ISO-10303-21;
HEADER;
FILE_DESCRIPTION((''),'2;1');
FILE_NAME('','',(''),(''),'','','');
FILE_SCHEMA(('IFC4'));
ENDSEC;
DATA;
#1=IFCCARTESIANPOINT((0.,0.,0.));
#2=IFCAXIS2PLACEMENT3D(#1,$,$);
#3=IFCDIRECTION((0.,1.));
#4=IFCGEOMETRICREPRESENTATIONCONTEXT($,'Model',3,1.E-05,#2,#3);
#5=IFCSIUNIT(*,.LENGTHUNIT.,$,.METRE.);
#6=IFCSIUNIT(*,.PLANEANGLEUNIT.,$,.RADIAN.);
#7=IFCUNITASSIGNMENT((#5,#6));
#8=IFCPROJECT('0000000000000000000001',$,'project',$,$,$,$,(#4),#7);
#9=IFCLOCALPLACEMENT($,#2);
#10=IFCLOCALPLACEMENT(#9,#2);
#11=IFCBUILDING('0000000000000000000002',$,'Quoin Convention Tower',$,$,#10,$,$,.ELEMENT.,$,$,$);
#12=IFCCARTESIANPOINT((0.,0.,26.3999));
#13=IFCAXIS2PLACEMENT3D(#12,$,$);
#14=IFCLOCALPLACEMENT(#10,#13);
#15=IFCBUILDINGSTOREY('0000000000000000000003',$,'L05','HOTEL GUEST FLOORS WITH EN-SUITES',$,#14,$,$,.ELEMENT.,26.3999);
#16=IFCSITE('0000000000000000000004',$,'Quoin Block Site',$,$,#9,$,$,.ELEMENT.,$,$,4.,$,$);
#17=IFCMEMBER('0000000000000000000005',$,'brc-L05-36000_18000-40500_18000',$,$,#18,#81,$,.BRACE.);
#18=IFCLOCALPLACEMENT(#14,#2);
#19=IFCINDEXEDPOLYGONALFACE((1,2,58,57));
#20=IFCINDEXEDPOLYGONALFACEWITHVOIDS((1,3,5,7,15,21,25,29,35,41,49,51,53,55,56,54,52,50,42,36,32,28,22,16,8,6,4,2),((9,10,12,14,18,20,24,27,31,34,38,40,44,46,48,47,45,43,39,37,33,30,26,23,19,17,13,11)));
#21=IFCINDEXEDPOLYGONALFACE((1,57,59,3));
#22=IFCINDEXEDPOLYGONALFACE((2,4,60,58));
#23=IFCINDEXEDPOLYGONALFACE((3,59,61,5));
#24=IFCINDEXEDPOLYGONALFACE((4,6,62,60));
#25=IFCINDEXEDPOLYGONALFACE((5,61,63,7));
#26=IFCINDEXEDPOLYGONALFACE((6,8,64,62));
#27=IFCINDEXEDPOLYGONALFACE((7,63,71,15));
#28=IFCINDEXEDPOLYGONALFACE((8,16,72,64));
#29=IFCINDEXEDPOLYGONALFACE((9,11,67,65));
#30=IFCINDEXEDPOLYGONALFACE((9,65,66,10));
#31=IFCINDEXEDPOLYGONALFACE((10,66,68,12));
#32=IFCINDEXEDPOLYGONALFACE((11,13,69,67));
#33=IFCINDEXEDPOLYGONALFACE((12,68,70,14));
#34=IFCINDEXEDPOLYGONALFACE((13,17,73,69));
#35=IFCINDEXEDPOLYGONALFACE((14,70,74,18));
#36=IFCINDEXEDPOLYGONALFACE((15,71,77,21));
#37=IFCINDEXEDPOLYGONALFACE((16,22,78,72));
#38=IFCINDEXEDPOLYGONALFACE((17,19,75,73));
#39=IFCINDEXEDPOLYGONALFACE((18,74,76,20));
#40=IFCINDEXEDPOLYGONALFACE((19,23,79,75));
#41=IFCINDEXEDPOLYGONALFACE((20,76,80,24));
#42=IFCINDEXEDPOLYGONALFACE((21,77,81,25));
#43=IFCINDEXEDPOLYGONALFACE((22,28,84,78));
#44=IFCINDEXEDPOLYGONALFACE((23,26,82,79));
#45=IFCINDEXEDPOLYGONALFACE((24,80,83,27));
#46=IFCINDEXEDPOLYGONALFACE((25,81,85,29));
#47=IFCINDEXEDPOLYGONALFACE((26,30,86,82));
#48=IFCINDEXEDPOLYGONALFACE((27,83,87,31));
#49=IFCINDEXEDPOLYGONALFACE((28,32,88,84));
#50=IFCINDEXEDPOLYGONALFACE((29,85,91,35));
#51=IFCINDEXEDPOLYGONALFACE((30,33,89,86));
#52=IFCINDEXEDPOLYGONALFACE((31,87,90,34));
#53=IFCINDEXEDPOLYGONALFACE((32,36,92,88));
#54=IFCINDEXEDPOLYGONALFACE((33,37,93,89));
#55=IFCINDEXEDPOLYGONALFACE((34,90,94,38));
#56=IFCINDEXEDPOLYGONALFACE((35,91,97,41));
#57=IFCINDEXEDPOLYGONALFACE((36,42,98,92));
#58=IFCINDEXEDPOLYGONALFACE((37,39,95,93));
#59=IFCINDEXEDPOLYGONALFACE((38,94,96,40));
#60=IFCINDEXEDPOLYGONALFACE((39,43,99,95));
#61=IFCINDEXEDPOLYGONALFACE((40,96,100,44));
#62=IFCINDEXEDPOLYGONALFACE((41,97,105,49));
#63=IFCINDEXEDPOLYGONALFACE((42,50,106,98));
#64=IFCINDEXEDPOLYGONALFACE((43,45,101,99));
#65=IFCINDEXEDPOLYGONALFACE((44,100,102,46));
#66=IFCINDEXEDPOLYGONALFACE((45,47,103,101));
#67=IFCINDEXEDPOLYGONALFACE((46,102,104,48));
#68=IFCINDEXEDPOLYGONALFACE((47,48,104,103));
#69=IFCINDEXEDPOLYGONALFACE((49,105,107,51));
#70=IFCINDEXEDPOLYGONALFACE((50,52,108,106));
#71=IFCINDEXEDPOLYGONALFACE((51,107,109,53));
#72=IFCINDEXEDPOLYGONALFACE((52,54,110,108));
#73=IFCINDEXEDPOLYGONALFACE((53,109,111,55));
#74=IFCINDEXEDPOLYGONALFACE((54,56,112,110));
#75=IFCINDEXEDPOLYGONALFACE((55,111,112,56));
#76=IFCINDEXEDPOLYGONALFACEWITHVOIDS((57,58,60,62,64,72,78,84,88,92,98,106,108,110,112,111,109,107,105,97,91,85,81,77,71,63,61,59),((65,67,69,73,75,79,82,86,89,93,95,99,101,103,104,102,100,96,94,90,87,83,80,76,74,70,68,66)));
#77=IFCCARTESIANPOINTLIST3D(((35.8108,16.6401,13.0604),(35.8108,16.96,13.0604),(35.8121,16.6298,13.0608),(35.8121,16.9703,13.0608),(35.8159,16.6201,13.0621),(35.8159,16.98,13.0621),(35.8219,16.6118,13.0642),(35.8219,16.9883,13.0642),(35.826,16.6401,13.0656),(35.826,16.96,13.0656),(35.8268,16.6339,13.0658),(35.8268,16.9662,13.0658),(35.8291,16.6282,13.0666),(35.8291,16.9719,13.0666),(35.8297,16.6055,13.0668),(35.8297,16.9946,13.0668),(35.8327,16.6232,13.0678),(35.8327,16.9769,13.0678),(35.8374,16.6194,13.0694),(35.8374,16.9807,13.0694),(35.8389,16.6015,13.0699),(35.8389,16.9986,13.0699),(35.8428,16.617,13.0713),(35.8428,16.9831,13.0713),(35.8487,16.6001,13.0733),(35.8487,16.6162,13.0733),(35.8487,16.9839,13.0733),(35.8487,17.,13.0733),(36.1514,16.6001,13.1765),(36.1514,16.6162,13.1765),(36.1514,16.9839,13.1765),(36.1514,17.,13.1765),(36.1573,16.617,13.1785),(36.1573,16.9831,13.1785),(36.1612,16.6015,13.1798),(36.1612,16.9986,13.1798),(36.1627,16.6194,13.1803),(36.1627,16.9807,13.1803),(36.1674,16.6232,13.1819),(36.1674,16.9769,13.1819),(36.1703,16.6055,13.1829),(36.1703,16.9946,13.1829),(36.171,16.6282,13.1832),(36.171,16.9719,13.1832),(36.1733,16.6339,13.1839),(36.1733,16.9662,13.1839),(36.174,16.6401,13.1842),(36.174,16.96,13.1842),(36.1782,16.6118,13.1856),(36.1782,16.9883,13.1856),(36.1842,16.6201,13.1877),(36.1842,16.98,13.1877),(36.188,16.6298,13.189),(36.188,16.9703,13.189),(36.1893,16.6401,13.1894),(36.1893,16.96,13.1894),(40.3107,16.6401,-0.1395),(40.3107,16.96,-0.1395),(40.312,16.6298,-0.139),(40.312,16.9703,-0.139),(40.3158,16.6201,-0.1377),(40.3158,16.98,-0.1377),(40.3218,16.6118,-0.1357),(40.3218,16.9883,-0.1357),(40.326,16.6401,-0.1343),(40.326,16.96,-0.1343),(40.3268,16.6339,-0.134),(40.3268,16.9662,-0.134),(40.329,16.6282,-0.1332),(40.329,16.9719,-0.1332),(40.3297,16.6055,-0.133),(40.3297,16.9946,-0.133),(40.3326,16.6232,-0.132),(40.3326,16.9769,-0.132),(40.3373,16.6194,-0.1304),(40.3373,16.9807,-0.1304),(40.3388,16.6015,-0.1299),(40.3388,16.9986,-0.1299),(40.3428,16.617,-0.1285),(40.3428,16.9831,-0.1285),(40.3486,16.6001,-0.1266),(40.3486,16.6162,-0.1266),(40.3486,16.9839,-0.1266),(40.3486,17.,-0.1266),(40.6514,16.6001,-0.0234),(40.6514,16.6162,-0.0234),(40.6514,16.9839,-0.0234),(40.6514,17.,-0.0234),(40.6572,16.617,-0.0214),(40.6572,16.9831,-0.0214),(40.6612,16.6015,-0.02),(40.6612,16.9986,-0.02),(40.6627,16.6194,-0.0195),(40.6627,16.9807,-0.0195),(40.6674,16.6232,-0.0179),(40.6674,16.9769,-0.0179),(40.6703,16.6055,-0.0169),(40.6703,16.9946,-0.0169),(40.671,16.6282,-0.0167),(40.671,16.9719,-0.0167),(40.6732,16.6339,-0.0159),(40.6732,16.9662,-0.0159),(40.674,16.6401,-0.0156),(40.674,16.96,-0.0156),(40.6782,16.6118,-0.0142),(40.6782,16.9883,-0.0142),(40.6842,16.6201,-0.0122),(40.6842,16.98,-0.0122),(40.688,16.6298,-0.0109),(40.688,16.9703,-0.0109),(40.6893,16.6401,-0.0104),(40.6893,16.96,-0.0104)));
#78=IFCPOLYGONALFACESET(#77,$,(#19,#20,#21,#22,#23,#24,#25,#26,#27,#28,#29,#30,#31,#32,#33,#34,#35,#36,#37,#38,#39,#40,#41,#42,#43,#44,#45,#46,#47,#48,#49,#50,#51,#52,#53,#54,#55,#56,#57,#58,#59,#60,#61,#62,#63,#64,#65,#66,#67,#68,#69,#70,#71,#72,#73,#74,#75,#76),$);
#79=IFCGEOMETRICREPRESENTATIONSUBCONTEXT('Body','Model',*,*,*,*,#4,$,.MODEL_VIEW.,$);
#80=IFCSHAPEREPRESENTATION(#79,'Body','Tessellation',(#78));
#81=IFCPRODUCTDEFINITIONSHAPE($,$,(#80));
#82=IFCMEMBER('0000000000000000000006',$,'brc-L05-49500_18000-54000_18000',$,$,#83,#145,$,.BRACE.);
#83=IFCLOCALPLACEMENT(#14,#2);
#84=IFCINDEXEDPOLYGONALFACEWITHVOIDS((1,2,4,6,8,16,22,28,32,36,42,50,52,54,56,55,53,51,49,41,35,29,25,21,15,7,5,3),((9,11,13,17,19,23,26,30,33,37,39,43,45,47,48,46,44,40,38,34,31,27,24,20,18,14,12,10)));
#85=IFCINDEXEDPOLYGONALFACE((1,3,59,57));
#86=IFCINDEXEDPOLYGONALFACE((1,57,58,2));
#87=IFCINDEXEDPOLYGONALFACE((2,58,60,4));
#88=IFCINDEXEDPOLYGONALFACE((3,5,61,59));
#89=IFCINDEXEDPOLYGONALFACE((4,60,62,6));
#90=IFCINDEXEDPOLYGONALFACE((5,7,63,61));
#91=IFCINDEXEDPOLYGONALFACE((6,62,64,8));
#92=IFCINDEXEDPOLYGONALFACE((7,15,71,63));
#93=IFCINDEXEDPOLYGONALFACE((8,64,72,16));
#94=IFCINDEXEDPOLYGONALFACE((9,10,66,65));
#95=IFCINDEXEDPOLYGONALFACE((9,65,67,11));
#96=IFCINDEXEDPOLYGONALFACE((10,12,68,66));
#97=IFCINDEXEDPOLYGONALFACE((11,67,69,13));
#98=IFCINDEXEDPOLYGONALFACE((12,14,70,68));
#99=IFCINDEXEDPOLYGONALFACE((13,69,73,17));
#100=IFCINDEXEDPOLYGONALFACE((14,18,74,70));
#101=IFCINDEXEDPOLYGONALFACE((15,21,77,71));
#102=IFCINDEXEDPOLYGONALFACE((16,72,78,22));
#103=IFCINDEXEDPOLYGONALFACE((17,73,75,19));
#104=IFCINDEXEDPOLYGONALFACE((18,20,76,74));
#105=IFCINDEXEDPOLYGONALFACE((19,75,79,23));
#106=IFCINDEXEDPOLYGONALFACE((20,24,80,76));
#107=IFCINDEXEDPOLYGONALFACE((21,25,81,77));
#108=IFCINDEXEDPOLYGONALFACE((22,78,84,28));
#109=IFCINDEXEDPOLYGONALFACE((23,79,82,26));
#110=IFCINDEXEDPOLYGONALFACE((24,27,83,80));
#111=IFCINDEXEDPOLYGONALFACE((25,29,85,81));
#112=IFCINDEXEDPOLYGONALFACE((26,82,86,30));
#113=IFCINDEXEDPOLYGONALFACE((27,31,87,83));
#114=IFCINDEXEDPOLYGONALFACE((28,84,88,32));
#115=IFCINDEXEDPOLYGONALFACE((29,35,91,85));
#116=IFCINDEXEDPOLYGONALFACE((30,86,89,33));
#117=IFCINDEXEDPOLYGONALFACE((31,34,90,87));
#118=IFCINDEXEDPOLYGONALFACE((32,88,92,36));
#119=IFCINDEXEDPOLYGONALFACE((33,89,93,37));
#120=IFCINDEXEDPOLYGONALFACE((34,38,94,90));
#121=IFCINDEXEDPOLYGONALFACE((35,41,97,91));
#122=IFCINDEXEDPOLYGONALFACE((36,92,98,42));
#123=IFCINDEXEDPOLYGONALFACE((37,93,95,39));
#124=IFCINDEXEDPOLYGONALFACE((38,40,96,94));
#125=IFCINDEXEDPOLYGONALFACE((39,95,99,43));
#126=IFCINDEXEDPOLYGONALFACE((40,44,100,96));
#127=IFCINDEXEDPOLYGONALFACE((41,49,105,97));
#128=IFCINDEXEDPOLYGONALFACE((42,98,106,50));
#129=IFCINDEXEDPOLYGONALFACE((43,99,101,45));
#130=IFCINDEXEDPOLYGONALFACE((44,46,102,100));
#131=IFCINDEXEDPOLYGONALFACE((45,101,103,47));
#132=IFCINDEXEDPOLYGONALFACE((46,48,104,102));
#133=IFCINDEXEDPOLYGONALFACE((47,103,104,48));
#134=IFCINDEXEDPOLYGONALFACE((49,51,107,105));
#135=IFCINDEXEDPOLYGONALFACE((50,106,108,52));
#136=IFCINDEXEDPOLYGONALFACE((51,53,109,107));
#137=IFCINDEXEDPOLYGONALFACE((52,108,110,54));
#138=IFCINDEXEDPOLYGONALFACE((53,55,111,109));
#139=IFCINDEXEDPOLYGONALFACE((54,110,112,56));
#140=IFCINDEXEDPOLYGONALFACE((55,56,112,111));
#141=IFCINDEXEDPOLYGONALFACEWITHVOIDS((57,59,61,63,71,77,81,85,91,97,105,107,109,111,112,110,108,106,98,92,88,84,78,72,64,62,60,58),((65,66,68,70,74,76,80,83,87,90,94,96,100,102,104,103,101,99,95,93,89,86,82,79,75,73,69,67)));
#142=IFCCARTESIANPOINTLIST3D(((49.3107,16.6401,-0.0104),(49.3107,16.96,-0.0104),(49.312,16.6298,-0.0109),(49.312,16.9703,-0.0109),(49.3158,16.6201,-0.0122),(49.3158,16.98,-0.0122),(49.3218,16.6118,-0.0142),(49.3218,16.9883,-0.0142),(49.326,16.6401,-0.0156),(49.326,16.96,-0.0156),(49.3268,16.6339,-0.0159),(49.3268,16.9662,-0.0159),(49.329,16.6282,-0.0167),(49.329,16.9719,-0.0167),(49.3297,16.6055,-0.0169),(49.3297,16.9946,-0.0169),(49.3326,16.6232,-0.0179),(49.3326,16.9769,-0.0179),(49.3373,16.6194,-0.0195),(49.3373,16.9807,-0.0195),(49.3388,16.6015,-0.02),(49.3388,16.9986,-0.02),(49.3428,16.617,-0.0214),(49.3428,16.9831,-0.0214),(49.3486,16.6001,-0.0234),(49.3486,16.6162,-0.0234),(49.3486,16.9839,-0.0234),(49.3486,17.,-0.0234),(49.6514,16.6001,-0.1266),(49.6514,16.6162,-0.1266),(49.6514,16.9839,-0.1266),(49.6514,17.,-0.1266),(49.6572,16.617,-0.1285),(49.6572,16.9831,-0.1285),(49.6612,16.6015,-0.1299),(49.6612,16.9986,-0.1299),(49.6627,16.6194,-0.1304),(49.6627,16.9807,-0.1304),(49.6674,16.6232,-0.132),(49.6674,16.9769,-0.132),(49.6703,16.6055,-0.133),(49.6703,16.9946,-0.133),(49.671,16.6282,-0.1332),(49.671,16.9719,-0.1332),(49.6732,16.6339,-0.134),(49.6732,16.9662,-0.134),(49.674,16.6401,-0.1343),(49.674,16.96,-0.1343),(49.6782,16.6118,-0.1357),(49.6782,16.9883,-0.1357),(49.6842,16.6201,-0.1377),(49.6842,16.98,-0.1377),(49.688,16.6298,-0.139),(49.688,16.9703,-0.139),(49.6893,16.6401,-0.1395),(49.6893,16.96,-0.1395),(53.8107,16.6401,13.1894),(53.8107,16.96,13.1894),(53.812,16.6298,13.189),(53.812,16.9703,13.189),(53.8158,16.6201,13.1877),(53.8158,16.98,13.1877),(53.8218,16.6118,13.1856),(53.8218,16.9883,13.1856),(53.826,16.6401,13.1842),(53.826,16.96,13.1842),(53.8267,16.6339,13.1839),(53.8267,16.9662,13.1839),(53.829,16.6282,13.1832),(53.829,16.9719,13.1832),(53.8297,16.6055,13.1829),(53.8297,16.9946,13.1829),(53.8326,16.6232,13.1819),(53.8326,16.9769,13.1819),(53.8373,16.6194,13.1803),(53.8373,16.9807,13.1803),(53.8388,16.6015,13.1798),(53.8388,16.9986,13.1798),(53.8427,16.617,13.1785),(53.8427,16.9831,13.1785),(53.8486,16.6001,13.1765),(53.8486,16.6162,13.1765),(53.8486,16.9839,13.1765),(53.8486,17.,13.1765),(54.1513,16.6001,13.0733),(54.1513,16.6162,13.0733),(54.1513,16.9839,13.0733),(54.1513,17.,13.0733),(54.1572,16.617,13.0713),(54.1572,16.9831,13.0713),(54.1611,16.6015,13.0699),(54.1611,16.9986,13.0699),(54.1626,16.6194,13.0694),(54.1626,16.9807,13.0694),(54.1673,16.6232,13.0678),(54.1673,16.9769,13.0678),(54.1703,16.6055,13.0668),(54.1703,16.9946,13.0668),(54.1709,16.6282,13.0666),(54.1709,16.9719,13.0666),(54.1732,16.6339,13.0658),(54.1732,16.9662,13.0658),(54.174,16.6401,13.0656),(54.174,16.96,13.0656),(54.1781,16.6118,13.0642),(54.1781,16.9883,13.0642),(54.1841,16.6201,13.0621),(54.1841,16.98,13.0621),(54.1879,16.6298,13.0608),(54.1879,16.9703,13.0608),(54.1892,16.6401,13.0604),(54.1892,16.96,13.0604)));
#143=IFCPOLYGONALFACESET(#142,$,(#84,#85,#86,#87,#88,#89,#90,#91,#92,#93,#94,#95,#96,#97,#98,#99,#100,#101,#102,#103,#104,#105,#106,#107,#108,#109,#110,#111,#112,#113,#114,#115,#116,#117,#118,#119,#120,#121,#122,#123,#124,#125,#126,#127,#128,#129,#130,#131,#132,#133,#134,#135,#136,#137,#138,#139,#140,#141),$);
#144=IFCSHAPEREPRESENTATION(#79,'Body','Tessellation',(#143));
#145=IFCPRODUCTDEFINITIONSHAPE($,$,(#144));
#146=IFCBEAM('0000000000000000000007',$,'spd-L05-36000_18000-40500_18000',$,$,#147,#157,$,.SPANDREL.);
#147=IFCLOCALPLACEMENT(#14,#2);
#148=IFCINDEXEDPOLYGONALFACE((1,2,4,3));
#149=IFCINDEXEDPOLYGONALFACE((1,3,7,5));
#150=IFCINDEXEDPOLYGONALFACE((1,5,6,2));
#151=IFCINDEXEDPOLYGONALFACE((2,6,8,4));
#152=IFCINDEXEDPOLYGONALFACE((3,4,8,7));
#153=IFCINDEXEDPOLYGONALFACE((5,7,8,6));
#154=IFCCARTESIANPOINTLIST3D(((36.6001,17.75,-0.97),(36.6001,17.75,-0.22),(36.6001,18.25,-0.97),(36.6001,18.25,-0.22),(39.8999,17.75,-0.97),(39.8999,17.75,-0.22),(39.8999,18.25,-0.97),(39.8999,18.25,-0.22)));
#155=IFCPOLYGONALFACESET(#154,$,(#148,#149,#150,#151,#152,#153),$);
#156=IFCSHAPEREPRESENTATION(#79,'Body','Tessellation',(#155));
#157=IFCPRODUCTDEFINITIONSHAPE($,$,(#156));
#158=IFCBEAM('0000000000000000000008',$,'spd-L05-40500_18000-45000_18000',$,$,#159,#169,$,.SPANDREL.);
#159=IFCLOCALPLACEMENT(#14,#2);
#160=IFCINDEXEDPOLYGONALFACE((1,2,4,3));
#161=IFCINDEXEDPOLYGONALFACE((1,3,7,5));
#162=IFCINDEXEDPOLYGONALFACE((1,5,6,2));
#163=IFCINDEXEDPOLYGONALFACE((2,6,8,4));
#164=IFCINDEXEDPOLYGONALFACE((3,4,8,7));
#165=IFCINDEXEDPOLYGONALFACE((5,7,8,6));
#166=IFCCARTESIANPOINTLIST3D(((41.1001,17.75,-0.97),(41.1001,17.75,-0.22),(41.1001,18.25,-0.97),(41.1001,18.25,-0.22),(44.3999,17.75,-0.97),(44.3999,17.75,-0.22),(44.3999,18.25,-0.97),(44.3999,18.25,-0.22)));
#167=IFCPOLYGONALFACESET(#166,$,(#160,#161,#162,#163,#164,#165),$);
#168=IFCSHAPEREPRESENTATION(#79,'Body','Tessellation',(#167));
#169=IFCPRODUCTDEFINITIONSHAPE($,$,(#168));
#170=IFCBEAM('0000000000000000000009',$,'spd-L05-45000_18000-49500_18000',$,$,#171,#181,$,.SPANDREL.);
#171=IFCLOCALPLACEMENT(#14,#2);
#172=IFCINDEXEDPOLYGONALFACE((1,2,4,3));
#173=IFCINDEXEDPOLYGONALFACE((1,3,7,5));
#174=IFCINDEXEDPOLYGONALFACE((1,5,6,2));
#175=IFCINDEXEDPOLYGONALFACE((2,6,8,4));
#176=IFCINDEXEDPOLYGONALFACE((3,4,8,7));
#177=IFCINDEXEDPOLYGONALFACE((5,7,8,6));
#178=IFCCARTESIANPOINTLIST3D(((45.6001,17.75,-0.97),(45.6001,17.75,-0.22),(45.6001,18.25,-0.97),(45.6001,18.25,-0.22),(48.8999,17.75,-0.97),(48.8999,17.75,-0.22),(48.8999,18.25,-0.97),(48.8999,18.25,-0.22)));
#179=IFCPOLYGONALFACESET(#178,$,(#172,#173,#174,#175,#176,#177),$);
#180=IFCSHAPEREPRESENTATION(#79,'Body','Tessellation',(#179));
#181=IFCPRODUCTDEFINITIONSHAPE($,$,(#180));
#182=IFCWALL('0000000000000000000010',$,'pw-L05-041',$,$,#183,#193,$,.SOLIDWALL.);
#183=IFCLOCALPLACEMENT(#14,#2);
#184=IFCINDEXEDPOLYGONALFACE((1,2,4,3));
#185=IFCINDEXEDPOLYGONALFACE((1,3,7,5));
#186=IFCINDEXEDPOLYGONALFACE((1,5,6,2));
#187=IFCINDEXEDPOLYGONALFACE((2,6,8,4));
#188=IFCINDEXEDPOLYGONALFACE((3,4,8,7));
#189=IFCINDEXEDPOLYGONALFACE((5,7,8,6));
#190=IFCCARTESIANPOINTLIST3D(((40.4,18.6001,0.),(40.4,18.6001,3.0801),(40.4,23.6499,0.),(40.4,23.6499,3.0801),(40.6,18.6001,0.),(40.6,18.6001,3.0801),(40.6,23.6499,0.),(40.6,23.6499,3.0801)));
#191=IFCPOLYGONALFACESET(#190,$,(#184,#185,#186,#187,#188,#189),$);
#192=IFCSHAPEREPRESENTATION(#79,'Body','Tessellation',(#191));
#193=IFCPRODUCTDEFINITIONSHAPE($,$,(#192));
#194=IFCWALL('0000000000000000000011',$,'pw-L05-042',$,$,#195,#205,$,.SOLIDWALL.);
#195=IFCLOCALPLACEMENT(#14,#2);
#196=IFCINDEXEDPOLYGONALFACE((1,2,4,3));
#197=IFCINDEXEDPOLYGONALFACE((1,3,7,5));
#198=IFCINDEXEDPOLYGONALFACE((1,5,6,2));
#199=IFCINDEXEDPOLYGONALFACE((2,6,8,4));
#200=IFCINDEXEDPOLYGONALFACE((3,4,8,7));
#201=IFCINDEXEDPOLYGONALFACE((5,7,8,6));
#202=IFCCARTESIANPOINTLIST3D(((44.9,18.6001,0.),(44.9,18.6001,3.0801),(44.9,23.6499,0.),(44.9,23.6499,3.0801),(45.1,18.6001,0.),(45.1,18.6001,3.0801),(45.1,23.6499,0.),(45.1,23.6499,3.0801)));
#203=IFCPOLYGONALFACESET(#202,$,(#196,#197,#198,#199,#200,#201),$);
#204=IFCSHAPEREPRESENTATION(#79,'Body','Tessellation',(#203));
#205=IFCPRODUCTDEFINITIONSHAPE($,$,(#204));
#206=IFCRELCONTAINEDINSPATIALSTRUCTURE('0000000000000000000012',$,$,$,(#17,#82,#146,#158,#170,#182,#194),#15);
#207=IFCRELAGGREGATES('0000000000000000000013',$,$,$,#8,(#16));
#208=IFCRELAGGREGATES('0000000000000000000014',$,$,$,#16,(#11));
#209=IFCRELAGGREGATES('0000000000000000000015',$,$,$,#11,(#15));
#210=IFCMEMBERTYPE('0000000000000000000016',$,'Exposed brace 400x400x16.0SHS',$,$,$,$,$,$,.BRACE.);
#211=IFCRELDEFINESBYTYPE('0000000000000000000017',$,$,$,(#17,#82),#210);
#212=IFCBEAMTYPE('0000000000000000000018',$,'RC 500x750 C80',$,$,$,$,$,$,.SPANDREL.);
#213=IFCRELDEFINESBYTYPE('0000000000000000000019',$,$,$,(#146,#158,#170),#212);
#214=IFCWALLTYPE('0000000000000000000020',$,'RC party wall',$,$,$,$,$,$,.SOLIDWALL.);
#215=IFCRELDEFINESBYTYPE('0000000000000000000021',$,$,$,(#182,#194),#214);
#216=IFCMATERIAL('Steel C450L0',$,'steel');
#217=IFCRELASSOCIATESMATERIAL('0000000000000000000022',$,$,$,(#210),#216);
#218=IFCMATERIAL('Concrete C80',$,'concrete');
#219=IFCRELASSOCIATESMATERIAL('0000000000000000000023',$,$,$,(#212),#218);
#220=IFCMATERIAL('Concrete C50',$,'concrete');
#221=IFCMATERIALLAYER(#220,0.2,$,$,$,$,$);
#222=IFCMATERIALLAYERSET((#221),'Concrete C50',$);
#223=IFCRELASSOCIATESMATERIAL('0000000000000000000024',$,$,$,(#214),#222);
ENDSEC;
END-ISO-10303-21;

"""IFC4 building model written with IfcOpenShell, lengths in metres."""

from ifc_helpers import new_model, si_unit, direction, frame, frame_2d, origin, origin_2d, place, context, subcontext, project, spatial, rectangle, hollow_rectangle, extrude, material, layer, layer_set, material_profile, profile_set, type_object, element, save


model = new_model("IFC4")

# Units and contexts
model_context = context("Model", 3, precision=1e-05, world=origin(), true_north=direction((0.0, 1.0)))
body_context = subcontext(model_context, "Body", "Model", "MODEL_VIEW")
ifc_project = project(units=[si_unit("LENGTHUNIT", "METRE"), si_unit("PLANEANGLEUNIT", "RADIAN")], contexts=[model_context])

# Site, building, storey
site_placement = place(None, origin())
site = spatial("IfcSite", under=ifc_project, at=site_placement, Name="Quoin Block Site", CompositionType="ELEMENT", RefElevation=4.0)
building_placement = place(site_placement, origin())
building = spatial("IfcBuilding", under=site, at=building_placement, Name="Quoin Convention Tower", CompositionType="ELEMENT")
storey_placement = place(building_placement, frame((0.0, 0.0, 26.3999)))
storey = spatial("IfcBuildingStorey", under=building, at=storey_placement, Name="L05", Description="HOTEL GUEST FLOORS WITH EN-SUITES", CompositionType="ELEMENT", Elevation=26.3999)

# Shared definitions
ifc_material_1 = material(Name="Concrete C80", Category="concrete")

# Shared definitions
ifc_material_2 = material(Name="Steel C450L0", Category="steel")

# Members
ifc_material_profile_1 = material_profile(ifc_material_2, hollow_rectangle(XDim=0.3999, YDim=0.3999, WallThickness=0.0161, InnerFilletRadius=0.0239, OuterFilletRadius=0.04, at=origin_2d()), Name="400x400x16.0SHS")
ifc_profile_set_1 = profile_set([ifc_material_profile_1], Name="Steel C450L0")
member_type = type_object("IfcMemberType", Name="Exposed brace 400x400x16.0SHS", PredefinedType="BRACE", material=ifc_profile_set_1)
for number, where, z_axis, x_axis, name in (
    (1, (40.5, 16.8, -0.075), (-0.322675, 0.0, 0.94651), (0.0, -1.0, 0.0), "brc-L05-36000_18000-40500_18000"),
    (2, (49.5, 16.8, -0.075), (0.322675, 0.0, 0.94651), (0.0, 1.0, 0.0), "brc-L05-49500_18000-54000_18000"),
):
    element("IfcMember", number, at=place(storey_placement, frame(where, z_axis=z_axis, x_axis=x_axis)), inside=storey, type_object=member_type, Name=name, PredefinedType="BRACE", context=body_context, shape_type="SweptSolid", body=[
        extrude(hollow_rectangle(XDim=0.3999, YDim=0.3999, WallThickness=0.0161, InnerFilletRadius=0.0239, OuterFilletRadius=0.04, at=origin_2d()), origin(), (0.0, 0.0, 1.0), 13.9458),
    ])

# Beams
ifc_material_profile_2 = material_profile(ifc_material_1, rectangle(XDim=0.5, YDim=0.75, at=origin_2d()), Name="RC 500x750")
ifc_profile_set_2 = profile_set([ifc_material_profile_2], Name="Concrete C80")
beam_type_1 = type_object("IfcBeamType", Name="RC 500x750 C80", PredefinedType="SPANDREL", material=ifc_profile_set_2)
for number, where, z_axis, x_axis, name in (
    (3, (36.6001, 18.0, -0.595), (1.0, 0.0, 0.0), (0.0, 1.0, 0.0), "spd-L05-36000_18000-40500_18000"),
    (4, (41.1001, 18.0, -0.595), (1.0, 0.0, 0.0), (0.0, 1.0, 0.0), "spd-L05-40500_18000-45000_18000"),
    (5, (45.6001, 18.0, -0.595), (1.0, 0.0, 0.0), (0.0, 1.0, 0.0), "spd-L05-45000_18000-49500_18000"),
):
    element("IfcBeam", number, at=place(storey_placement, frame(where, z_axis=z_axis, x_axis=x_axis)), inside=storey, type_object=beam_type_1, Name=name, PredefinedType="SPANDREL", context=body_context, shape_type="SweptSolid", body=[
        extrude(rectangle(XDim=0.5, YDim=0.75, at=origin_2d()), origin(), (0.0, 0.0, 1.0), 3.2998),
    ])

# Walls
ifc_material_3 = material(Name="Concrete C50", Category="concrete")
ifc_layer = layer(ifc_material_3, 0.2)
ifc_layer_set = layer_set([ifc_layer], Name="Concrete C50")
wall_type = type_object("IfcWallType", Name="RC party wall", PredefinedType="SOLIDWALL", material=ifc_layer_set)
for number, where, z_axis, x_axis, name in (
    (6, (40.5, 18.6001, 0.0), (0.0, 0.0, 1.0), (0.0, 1.0, 0.0), "pw-L05-041"),
    (7, (45.0, 18.6001, 0.0), (0.0, 0.0, 1.0), (0.0, 1.0, 0.0), "pw-L05-042"),
):
    element("IfcWall", number, at=place(storey_placement, frame(where, z_axis=z_axis, x_axis=x_axis)), inside=storey, type_object=wall_type, Name=name, PredefinedType="SOLIDWALL", context=body_context, shape_type="SweptSolid", body=[
        extrude(rectangle(XDim=5.0498, YDim=0.2, at=frame_2d((2.5249, 0.0))), origin(), (0.0, 0.0, 1.0), 3.0801),
    ])

save(model, "model.ifc")
